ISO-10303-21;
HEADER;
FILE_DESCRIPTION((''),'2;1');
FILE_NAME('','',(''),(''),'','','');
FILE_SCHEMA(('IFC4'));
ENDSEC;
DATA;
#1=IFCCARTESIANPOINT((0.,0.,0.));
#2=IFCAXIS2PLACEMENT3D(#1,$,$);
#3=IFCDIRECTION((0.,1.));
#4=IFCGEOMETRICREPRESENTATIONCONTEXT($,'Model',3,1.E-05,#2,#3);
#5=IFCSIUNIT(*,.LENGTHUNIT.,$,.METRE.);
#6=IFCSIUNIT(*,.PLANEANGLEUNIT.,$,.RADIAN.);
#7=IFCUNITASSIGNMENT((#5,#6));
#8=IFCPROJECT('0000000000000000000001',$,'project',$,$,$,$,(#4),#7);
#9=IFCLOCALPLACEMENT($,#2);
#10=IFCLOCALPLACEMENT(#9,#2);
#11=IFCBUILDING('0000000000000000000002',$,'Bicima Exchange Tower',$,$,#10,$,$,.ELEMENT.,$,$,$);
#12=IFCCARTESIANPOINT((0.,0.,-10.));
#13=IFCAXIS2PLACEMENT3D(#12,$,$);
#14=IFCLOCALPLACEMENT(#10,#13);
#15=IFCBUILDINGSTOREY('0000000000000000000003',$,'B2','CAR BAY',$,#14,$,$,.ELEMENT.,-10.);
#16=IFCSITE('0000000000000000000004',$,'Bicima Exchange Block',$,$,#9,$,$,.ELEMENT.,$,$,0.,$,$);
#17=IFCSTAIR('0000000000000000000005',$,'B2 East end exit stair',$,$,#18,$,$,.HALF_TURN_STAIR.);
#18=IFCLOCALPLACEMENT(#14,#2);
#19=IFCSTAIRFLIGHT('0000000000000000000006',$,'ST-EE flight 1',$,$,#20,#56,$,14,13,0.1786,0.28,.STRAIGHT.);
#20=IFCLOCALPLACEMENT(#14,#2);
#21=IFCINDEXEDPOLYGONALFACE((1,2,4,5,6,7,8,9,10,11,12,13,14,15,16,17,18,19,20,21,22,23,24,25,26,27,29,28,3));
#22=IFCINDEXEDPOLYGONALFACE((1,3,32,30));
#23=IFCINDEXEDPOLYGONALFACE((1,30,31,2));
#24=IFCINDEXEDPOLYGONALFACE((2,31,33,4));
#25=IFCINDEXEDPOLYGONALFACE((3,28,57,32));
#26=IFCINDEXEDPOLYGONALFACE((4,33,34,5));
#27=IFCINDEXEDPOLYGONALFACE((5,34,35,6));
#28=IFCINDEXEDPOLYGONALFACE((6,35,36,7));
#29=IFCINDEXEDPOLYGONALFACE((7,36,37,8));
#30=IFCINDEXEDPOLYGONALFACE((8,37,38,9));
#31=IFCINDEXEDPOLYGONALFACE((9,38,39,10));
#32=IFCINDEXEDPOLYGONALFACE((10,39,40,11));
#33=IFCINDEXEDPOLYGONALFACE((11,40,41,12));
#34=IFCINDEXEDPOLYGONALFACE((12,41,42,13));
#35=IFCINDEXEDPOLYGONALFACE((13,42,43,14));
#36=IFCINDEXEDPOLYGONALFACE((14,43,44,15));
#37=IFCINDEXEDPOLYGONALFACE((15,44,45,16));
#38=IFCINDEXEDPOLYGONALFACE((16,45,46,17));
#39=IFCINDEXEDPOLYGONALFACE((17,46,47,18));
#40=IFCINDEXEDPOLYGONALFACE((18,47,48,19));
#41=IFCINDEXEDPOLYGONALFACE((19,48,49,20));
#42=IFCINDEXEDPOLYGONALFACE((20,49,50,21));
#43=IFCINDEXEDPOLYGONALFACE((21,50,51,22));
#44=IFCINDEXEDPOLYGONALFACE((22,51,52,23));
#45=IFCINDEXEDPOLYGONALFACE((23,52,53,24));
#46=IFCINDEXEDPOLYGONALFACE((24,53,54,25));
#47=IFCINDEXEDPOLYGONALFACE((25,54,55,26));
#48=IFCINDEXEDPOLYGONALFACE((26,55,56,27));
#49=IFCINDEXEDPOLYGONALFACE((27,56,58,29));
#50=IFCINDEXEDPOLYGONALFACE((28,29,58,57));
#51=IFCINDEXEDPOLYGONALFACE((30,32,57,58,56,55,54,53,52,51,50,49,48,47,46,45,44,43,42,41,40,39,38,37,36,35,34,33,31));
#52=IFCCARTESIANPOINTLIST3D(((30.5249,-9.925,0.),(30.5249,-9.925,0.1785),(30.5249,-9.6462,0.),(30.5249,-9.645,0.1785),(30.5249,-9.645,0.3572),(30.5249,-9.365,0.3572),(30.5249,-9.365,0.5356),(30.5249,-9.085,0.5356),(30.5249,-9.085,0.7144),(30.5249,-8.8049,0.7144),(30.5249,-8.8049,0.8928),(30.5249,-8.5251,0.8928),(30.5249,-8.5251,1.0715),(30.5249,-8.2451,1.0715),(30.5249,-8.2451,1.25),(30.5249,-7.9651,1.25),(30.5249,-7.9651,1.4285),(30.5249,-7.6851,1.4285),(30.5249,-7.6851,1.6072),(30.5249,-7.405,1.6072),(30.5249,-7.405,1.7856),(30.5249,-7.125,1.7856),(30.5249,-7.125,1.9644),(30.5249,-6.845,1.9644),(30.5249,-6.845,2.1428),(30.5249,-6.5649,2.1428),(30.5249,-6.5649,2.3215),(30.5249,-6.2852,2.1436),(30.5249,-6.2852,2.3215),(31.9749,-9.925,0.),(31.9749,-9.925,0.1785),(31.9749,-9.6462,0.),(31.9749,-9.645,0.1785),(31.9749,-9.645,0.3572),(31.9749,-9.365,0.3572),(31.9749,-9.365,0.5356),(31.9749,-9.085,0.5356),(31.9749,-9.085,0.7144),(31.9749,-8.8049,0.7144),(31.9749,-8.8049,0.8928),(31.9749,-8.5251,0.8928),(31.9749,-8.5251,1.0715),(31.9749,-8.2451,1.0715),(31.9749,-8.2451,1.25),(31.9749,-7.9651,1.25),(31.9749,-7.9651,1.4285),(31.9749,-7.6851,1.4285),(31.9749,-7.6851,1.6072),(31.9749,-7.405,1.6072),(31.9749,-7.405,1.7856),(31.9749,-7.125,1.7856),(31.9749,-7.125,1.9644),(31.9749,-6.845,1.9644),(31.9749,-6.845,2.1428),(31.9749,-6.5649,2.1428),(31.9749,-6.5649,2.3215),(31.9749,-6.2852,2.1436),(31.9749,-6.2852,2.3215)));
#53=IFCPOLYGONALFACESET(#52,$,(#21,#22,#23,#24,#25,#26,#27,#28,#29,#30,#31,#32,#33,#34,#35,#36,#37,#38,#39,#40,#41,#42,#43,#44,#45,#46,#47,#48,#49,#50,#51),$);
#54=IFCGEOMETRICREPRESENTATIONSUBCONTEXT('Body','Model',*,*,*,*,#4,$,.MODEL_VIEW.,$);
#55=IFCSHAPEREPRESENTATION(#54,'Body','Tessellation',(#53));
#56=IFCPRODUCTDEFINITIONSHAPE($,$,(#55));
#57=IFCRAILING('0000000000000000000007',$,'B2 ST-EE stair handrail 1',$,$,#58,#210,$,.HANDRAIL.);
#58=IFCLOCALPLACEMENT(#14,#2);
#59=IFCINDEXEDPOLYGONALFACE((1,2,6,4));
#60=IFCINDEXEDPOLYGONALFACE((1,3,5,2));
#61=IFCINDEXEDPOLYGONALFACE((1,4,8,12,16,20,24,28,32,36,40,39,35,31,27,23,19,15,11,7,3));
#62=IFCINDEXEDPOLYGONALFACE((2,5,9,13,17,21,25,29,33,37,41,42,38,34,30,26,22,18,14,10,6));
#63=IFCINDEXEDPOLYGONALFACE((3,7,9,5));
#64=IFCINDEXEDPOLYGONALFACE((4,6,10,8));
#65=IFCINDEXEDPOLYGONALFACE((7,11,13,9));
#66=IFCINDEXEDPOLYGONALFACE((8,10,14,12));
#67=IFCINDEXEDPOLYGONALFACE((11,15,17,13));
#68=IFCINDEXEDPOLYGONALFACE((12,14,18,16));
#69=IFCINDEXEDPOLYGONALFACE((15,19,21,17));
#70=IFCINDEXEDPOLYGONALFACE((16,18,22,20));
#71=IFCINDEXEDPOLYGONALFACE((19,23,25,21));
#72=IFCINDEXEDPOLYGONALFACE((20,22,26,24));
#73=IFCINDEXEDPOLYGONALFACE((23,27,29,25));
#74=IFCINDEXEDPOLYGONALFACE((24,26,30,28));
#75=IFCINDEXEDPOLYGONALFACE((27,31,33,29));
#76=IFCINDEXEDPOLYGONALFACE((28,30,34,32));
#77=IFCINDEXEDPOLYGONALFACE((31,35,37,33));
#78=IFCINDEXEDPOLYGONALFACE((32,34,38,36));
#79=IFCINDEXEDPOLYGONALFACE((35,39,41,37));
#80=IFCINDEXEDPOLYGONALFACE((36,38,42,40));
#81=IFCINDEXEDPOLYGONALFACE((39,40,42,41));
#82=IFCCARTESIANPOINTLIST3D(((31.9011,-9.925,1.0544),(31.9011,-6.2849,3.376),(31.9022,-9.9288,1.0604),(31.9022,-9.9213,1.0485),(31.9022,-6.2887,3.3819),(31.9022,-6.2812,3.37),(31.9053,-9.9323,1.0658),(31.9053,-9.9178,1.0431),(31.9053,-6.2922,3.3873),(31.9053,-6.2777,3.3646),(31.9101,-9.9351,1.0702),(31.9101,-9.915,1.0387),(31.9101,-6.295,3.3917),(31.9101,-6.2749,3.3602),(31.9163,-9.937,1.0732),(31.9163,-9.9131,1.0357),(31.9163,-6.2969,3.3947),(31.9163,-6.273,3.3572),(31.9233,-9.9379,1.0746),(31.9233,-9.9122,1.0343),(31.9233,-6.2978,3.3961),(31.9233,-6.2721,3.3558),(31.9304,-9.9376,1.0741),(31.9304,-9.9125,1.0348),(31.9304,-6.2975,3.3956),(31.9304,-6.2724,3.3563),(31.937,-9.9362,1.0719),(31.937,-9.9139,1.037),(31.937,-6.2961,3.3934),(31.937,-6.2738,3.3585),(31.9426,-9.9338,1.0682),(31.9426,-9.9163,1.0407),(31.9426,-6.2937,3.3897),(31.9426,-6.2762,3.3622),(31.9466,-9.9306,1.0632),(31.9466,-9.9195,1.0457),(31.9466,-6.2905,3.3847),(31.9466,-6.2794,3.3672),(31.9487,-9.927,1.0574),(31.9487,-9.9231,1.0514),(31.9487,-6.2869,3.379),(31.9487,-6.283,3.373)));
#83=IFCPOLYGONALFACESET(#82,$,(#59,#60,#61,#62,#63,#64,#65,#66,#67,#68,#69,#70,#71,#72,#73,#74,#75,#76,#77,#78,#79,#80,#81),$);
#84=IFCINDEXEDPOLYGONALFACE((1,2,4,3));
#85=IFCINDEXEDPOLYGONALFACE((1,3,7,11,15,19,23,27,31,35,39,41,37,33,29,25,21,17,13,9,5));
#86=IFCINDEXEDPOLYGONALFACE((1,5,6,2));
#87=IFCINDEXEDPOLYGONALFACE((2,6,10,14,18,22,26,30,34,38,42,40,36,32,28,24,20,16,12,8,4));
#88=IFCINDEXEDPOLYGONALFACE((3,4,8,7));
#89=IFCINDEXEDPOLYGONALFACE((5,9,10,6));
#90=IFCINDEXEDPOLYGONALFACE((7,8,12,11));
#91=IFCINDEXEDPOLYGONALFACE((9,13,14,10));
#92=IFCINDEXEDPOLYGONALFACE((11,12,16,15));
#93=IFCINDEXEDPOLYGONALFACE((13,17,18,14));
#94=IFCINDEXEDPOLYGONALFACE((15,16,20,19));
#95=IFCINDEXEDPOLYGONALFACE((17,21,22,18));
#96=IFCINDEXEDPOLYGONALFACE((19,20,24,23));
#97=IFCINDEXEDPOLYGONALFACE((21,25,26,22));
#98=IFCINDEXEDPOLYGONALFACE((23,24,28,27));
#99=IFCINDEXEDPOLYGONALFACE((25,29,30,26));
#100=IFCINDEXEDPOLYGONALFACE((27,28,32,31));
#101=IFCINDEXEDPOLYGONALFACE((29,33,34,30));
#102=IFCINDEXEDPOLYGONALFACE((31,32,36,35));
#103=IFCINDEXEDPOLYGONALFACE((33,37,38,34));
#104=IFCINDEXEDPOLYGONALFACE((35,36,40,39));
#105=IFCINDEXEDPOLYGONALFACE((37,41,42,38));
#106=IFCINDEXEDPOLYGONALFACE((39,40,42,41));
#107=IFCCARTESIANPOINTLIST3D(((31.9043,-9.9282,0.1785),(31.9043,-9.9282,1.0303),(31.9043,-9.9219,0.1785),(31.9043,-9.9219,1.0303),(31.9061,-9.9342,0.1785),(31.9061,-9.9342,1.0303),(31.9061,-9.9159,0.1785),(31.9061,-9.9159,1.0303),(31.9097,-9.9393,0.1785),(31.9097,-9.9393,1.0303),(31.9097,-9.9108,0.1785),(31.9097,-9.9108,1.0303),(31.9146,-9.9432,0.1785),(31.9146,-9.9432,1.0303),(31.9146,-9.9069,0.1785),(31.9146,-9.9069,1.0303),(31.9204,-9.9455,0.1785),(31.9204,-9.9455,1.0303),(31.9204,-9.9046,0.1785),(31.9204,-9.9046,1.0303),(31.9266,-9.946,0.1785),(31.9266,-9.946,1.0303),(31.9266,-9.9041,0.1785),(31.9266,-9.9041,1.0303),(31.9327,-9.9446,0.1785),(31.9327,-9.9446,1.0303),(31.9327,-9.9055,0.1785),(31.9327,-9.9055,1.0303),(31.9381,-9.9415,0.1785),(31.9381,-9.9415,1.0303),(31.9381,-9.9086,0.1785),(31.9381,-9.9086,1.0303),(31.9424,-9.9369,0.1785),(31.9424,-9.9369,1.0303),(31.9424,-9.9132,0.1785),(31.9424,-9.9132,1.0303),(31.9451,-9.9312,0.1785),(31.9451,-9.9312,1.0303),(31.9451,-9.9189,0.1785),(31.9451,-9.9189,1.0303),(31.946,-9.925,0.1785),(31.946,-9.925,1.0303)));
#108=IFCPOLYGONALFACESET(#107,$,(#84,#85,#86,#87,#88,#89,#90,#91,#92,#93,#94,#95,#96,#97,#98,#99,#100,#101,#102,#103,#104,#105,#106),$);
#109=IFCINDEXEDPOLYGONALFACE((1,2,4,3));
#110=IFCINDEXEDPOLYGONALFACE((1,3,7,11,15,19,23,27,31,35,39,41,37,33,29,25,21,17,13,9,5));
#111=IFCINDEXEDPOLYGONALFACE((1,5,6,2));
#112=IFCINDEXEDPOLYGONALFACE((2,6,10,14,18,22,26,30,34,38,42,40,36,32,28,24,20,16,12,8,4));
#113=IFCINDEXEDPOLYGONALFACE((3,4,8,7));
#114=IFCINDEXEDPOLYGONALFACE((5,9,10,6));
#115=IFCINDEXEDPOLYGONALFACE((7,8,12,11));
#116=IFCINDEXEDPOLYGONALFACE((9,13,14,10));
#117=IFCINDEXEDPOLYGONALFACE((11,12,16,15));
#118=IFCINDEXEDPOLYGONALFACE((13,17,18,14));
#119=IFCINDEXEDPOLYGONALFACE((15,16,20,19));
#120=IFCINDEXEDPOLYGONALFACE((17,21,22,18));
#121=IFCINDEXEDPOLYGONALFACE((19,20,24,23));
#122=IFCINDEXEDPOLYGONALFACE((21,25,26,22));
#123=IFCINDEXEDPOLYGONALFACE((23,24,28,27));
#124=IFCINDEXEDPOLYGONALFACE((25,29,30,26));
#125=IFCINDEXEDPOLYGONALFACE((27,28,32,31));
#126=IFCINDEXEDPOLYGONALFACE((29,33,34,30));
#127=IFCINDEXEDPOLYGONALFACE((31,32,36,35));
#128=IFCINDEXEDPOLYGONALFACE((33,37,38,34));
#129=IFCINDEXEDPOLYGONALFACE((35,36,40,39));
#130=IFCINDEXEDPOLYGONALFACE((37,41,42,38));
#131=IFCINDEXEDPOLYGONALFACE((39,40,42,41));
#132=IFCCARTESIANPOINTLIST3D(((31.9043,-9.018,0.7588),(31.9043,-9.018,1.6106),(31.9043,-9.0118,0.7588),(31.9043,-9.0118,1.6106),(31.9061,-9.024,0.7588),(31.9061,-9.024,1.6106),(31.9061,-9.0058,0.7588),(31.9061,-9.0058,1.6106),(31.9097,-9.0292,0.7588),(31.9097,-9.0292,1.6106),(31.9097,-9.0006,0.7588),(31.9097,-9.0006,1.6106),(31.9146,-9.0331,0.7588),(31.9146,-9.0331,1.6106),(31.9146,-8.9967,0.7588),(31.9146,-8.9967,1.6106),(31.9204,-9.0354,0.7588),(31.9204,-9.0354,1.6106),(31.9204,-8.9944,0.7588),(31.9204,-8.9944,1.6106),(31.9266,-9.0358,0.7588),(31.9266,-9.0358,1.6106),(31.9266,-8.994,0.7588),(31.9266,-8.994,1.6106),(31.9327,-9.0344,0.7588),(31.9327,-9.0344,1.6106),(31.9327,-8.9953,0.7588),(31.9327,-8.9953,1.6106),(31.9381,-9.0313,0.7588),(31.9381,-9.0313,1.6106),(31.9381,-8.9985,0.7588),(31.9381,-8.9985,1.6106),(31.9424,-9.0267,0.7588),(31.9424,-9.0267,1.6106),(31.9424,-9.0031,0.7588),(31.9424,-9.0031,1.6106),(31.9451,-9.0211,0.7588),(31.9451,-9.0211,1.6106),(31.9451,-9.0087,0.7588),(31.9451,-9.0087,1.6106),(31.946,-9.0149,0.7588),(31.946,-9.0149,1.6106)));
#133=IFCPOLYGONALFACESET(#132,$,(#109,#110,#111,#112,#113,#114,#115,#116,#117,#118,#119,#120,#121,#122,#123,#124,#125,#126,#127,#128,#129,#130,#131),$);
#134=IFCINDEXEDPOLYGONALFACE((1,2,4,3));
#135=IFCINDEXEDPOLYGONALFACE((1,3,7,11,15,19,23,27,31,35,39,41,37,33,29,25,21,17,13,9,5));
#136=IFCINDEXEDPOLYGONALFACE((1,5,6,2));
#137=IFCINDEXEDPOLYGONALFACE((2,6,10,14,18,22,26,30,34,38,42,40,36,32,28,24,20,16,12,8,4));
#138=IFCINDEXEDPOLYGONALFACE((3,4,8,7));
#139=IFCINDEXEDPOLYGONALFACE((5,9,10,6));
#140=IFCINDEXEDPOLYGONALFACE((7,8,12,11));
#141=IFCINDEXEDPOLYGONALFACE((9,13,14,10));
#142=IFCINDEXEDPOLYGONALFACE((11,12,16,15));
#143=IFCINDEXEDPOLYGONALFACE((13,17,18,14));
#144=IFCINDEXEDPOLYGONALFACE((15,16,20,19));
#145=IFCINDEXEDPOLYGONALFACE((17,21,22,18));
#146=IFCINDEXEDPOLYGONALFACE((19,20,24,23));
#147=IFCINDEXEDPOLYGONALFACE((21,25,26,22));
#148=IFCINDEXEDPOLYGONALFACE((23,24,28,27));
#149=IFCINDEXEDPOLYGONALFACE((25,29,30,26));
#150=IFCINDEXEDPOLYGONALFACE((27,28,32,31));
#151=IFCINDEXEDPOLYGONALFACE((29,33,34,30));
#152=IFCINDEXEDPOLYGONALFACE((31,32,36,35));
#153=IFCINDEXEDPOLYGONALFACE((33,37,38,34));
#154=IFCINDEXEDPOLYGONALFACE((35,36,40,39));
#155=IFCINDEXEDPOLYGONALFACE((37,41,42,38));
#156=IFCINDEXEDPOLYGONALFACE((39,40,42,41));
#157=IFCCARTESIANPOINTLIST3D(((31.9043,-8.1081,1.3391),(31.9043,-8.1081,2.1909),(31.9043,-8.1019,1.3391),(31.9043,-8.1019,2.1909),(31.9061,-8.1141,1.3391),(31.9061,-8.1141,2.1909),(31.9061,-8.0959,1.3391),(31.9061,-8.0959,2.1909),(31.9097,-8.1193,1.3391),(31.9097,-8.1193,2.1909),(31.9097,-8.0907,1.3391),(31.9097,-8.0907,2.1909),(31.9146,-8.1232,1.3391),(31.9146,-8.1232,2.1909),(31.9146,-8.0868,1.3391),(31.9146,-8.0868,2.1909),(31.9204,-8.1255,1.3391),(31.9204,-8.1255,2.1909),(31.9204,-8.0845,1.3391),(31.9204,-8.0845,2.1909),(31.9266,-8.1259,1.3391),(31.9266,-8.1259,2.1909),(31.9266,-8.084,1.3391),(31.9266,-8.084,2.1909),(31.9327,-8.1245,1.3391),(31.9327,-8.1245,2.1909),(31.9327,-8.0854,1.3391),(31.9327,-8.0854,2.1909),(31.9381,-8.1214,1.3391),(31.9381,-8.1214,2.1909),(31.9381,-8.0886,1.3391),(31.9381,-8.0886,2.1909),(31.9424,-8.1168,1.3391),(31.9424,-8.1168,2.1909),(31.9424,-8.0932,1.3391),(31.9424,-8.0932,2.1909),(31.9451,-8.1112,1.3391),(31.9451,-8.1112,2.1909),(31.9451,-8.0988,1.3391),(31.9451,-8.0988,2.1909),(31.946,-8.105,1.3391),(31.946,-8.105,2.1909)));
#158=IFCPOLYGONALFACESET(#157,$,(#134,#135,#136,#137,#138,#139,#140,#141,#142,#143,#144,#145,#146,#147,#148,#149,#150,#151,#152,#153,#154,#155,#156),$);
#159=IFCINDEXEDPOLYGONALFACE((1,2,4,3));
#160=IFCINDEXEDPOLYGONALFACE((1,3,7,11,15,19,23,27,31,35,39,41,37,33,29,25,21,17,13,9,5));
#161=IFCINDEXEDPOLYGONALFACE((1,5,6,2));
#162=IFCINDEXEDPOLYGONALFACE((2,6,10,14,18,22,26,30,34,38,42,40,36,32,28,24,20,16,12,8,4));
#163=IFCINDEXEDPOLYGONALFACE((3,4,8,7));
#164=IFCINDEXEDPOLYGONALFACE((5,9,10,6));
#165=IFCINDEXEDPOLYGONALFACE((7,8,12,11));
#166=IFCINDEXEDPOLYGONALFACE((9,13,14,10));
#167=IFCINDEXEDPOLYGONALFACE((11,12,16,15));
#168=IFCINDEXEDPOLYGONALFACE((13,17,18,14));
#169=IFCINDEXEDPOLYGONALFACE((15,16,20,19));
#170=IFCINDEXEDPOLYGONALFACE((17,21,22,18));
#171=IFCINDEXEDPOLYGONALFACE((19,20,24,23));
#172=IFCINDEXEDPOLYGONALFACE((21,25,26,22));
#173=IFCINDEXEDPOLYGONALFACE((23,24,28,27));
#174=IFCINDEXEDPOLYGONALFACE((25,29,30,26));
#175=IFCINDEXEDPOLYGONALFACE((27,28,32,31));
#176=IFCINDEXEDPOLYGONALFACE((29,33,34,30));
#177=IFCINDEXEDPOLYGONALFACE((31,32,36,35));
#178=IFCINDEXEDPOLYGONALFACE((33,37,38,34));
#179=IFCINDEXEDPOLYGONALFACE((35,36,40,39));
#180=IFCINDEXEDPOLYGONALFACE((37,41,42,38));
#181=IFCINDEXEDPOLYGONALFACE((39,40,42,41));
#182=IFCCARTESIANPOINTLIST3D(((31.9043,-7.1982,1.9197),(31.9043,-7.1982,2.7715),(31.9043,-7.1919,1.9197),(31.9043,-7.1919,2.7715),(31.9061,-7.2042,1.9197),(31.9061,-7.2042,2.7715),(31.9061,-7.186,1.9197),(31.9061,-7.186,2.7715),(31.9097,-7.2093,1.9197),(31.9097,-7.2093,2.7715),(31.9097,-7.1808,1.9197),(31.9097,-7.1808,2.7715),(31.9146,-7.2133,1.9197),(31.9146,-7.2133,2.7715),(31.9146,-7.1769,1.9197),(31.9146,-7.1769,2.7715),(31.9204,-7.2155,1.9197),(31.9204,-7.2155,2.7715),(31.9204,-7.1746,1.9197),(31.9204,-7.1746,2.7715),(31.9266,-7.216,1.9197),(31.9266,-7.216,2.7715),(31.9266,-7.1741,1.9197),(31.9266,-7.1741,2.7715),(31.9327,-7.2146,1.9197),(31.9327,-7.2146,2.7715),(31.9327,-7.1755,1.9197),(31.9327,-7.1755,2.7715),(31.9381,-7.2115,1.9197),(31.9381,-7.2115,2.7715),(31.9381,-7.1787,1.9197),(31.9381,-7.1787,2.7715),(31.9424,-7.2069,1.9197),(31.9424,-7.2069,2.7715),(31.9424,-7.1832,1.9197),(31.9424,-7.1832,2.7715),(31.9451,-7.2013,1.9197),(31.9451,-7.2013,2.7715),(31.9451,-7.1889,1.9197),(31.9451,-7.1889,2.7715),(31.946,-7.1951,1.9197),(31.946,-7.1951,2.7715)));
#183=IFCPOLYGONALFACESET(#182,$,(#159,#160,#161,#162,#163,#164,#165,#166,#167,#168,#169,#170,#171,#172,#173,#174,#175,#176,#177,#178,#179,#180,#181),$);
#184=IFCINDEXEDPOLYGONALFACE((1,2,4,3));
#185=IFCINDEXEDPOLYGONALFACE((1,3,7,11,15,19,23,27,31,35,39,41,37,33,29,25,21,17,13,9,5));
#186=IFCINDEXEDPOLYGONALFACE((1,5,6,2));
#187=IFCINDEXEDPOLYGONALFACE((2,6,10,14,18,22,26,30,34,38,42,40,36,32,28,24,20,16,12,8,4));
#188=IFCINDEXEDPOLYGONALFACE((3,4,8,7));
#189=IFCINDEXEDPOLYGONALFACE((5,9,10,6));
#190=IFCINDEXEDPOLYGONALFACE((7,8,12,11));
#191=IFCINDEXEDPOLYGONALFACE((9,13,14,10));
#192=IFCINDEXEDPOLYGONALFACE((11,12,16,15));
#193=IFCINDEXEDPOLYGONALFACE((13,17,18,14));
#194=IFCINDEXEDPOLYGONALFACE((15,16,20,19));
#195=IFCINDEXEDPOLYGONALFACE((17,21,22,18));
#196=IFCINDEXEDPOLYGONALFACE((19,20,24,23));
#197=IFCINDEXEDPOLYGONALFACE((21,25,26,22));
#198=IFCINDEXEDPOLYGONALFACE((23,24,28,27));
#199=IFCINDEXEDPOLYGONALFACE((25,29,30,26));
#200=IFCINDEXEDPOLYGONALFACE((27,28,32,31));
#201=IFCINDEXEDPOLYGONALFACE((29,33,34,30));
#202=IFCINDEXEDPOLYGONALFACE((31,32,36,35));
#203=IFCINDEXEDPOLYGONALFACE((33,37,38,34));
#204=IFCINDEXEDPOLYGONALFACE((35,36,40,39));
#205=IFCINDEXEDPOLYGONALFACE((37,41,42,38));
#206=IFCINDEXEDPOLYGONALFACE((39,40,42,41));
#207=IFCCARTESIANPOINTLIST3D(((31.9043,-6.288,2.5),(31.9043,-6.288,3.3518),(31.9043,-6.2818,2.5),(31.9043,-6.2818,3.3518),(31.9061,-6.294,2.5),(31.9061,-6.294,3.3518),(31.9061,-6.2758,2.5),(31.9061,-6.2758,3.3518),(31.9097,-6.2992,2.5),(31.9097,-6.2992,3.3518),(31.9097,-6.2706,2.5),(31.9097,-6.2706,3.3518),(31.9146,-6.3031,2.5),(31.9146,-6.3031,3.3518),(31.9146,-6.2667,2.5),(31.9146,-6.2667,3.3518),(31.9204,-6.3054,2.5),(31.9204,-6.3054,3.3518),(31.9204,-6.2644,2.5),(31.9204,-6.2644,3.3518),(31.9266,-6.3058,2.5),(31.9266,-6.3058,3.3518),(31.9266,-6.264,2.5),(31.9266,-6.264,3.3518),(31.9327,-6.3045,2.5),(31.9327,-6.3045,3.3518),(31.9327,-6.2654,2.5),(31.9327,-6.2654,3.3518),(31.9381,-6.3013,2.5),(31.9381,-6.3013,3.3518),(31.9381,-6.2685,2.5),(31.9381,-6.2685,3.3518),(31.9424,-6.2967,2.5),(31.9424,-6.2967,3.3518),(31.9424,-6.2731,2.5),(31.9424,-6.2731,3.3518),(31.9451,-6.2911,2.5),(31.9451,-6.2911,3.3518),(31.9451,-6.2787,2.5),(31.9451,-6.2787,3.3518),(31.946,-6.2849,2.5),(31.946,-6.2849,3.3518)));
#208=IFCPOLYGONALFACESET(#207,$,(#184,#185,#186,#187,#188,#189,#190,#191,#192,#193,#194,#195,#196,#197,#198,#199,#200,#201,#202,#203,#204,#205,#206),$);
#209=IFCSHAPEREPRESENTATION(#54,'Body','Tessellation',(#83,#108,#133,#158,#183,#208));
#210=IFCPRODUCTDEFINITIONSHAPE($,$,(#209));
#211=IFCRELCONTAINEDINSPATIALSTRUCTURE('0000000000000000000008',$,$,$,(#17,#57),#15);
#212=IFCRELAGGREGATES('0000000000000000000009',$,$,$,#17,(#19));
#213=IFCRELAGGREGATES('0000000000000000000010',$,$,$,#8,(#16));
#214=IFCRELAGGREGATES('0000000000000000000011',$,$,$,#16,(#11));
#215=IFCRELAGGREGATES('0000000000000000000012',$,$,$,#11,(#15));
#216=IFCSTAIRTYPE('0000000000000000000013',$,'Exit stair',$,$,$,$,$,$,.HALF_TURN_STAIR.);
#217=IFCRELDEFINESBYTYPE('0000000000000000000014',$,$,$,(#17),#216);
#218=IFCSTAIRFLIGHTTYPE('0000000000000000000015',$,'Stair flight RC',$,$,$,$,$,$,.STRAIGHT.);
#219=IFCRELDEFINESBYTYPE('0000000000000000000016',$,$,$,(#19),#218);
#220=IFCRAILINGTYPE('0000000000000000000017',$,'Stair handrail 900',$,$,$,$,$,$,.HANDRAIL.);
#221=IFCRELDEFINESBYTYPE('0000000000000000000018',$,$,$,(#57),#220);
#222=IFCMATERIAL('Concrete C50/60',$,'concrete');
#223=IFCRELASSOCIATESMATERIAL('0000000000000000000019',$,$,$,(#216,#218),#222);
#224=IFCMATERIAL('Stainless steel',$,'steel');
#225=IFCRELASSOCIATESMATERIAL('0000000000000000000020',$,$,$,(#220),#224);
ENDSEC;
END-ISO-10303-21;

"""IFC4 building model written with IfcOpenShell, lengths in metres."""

from ifc_helpers import new_model, si_unit, direction, frame, origin, origin_2d, place, context, subcontext, project, spatial, polyline, circle, outline, extrude, material, type_object, element, aggregate, save


model = new_model("IFC4")

# Units and contexts
model_context = context("Model", 3, precision=1e-05, world=origin(), true_north=direction((0.0, 1.0)))
body_context = subcontext(model_context, "Body", "Model", "MODEL_VIEW")
ifc_project = project(units=[si_unit("LENGTHUNIT", "METRE"), si_unit("PLANEANGLEUNIT", "RADIAN")], contexts=[model_context])

# Site, building, storey
site_placement = place(None, origin())
site = spatial("IfcSite", under=ifc_project, at=site_placement, Name="Bicima Exchange Block", CompositionType="ELEMENT", RefElevation=0.0)
building_placement = place(site_placement, origin())
building = spatial("IfcBuilding", under=site, at=building_placement, Name="Bicima Exchange Tower", CompositionType="ELEMENT")
storey_placement = place(building_placement, frame((0.0, 0.0, -10.0)))
storey = spatial("IfcBuildingStorey", under=building, at=storey_placement, Name="B2", Description="CAR BAY", CompositionType="ELEMENT", Elevation=-10.0)

# Shared definitions
ifc_material_1 = material(Name="Concrete C50/60", Category="concrete")

# Stair, stair flight
stair_type = type_object("IfcStairType", Name="Exit stair", PredefinedType="HALF_TURN_STAIR", material=ifc_material_1)
stair_placement = place(storey_placement, origin())
stair = element("IfcStair", 1, at=stair_placement, inside=storey, type_object=stair_type, Name="B2 East end exit stair", PredefinedType="HALF_TURN_STAIR")
stair_flight_type = type_object("IfcStairFlightType", Name="Stair flight RC", PredefinedType="STRAIGHT", material=ifc_material_1)
stair_flight_placement = place(storey_placement, frame((31.25, -9.925, 0.0), z_axis=(0.0, 0.0, 1.0), x_axis=(0.0, 1.0, 0.0)))
stair_flight = element("IfcStairFlight", 2, at=stair_flight_placement, type_object=stair_flight_type, Name="ST-EE flight 1", NumberOfRisers=14, NumberOfTreads=13, PredefinedType="STRAIGHT", RiserHeight=0.1786, TreadLength=0.28, context=body_context, shape_type="SweptSolid", body=[
    extrude(outline(polyline([(0.0, 0.0), (0.0, 0.1785), (0.28, 0.1785), (0.28, 0.3572), (0.5601, 0.3572), (0.5601, 0.5356), (0.8401, 0.5356), (0.8401, 0.7144), (1.1201, 0.7144), (1.1201, 0.8928), (1.3999, 0.8928), (1.3999, 1.0715), (1.6799, 1.0715), (1.6799, 1.25), (1.96, 1.25), (1.96, 1.4285), (2.24, 1.4285), (2.24, 1.6072), (2.52, 1.6072), (2.52, 1.7856), (2.8, 1.7856), (2.8, 1.9644), (3.0801, 1.9644), (3.0801, 2.1428), (3.3601, 2.1428), (3.3601, 2.3215), (3.6399, 2.3215), (3.6399, 2.5), (3.6399, 2.1436), (0.2788, 0.0), (0.0, 0.0)])), frame((0.0, 0.7251, 0.0), z_axis=(0.0, -1.0, 0.0), x_axis=(1.0, 0.0, 0.0)), (0.0, 0.0, 1.0), 1.45),
])
aggregate(stair, [stair_flight])

# Railing
ifc_material_2 = material(Name="Stainless steel", Category="steel")
railing_type_1 = type_object("IfcRailingType", Name="Stair handrail 900", PredefinedType="HANDRAIL", material=ifc_material_2)
railing_1_placement = place(storey_placement, frame((31.925, -9.925, 0.1785)))
element("IfcRailing", 3, at=railing_1_placement, inside=storey, type_object=railing_type_1, Name="B2 ST-EE stair handrail 1", PredefinedType="HANDRAIL", context=body_context, shape_type="SweptSolid", body=[
    extrude(circle(Radius=0.0239, at=origin_2d()), frame((0.0, 0.0, 0.876), z_axis=(0.0, 0.843128, 0.537713), x_axis=(-1.0, 0.0, 0.0)), (0.0, 0.0, 1.0), 4.3174),
    extrude(circle(Radius=0.021, at=origin_2d()), origin(), (0.0, 0.0, 1.0), 0.8518),
    extrude(circle(Radius=0.021, at=origin_2d()), frame((0.0, 0.9102, 0.5803)), (0.0, 0.0, 1.0), 0.8518),
    extrude(circle(Radius=0.021, at=origin_2d()), frame((0.0, 1.8201, 1.1606)), (0.0, 0.0, 1.0), 0.8518),
    extrude(circle(Radius=0.021, at=origin_2d()), frame((0.0, 2.73, 1.7412)), (0.0, 0.0, 1.0), 0.8518),
    extrude(circle(Radius=0.021, at=origin_2d()), frame((0.0, 3.6401, 2.3215)), (0.0, 0.0, 1.0), 0.8518),
])

save(model, "model.ifc")
